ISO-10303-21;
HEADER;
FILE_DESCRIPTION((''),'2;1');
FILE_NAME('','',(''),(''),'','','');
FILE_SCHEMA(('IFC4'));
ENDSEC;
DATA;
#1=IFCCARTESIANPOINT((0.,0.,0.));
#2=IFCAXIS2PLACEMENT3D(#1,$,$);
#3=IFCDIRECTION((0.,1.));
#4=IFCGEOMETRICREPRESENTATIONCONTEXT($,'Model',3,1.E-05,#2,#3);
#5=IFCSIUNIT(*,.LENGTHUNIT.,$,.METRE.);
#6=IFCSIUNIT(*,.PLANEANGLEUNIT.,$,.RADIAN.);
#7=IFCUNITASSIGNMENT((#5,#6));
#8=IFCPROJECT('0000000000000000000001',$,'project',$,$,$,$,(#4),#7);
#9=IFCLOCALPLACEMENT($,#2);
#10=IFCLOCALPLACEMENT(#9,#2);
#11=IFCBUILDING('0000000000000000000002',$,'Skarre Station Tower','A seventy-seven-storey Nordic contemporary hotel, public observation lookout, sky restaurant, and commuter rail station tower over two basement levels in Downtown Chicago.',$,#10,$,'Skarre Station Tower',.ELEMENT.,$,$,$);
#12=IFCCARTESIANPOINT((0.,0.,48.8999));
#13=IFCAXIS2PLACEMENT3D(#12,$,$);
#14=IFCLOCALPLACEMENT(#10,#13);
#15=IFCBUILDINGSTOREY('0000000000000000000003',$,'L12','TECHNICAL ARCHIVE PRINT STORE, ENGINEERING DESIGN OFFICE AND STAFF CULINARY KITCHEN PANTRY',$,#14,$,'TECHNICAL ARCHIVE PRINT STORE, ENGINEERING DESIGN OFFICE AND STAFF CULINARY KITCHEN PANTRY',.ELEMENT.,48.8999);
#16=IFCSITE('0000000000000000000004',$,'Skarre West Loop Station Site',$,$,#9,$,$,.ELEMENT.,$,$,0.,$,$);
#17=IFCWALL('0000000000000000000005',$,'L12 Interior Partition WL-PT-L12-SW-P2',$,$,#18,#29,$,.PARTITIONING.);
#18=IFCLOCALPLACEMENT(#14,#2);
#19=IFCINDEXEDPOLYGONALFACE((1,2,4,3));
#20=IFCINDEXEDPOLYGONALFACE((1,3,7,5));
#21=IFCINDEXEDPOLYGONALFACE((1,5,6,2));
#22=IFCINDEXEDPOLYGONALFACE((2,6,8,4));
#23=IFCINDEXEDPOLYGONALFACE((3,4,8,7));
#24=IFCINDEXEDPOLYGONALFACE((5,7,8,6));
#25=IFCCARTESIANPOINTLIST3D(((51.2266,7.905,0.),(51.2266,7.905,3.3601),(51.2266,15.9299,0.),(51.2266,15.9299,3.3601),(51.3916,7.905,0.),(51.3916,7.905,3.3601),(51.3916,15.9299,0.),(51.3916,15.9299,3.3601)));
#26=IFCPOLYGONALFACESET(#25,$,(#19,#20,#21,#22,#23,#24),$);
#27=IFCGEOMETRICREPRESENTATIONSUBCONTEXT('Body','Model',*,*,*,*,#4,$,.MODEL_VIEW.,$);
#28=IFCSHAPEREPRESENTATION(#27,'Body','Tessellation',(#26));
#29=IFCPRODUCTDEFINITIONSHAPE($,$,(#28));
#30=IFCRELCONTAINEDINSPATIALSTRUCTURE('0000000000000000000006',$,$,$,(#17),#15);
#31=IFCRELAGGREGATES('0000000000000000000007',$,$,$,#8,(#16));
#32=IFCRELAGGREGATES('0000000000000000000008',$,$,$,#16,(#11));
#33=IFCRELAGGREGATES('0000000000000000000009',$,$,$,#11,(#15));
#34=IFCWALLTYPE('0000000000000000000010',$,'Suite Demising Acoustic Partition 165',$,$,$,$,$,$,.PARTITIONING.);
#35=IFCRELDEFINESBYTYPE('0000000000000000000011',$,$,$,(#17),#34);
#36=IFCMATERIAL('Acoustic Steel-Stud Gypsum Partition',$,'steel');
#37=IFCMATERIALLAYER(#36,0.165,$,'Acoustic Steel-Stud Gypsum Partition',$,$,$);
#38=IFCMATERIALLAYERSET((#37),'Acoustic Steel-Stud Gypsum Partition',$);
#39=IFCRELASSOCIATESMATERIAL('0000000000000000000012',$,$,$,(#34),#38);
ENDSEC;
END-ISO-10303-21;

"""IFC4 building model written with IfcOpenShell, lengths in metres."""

from ifc_helpers import new_model, si_unit, direction, frame, frame_2d, origin, place, context, subcontext, project, spatial, rectangle, extrude, material, layer, layer_set, type_object, element, save


model = new_model("IFC4")

# Units and contexts
model_context = context("Model", 3, precision=1e-05, world=origin(), true_north=direction((0.0, 1.0)))
body_context = subcontext(model_context, "Body", "Model", "MODEL_VIEW")
ifc_project = project(units=[si_unit("LENGTHUNIT", "METRE"), si_unit("PLANEANGLEUNIT", "RADIAN")], contexts=[model_context])

# Site, building, storey
site_placement = place(None, origin())
site = spatial("IfcSite", under=ifc_project, at=site_placement, Name="Skarre West Loop Station Site", CompositionType="ELEMENT", RefElevation=0.0)
building_placement = place(site_placement, origin())
building = spatial("IfcBuilding", under=site, at=building_placement, Name="Skarre Station Tower", Description="A seventy-seven-storey Nordic contemporary hotel, public observation lookout, sky restaurant, and commuter rail station tower over two basement levels in Downtown Chicago.", LongName="Skarre Station Tower", CompositionType="ELEMENT")
storey_placement = place(building_placement, frame((0.0, 0.0, 48.8999)))
storey = spatial("IfcBuildingStorey", under=building, at=storey_placement, Name="L12", Description="TECHNICAL ARCHIVE PRINT STORE, ENGINEERING DESIGN OFFICE AND STAFF CULINARY KITCHEN PANTRY", LongName="TECHNICAL ARCHIVE PRINT STORE, ENGINEERING DESIGN OFFICE AND STAFF CULINARY KITCHEN PANTRY", CompositionType="ELEMENT", Elevation=48.8999)

# Shared definitions
ifc_material_1 = material(Name="Acoustic Steel-Stud Gypsum Partition", Category="steel")

# Wall
ifc_layer_1 = layer(ifc_material_1, 0.165, Name="Acoustic Steel-Stud Gypsum Partition")
ifc_layer_set_1 = layer_set([ifc_layer_1], Name="Acoustic Steel-Stud Gypsum Partition")
wall_type_1 = type_object("IfcWallType", Name="Suite Demising Acoustic Partition 165", PredefinedType="PARTITIONING", material=ifc_layer_set_1)
wall_1_placement = place(storey_placement, frame((51.3091, 7.905, 0.0), z_axis=(0.0, 0.0, 1.0), x_axis=(0.0, 1.0, 0.0)))
element("IfcWall", 1, at=wall_1_placement, inside=storey, type_object=wall_type_1, Name="L12 Interior Partition WL-PT-L12-SW-P2", PredefinedType="PARTITIONING", context=body_context, shape_type="SweptSolid", body=[
    extrude(rectangle(XDim=8.0249, YDim=0.165, at=frame_2d((4.0125, 0.0))), origin(), (0.0, 0.0, 1.0), 3.3601),
])

save(model, "model.ifc")
